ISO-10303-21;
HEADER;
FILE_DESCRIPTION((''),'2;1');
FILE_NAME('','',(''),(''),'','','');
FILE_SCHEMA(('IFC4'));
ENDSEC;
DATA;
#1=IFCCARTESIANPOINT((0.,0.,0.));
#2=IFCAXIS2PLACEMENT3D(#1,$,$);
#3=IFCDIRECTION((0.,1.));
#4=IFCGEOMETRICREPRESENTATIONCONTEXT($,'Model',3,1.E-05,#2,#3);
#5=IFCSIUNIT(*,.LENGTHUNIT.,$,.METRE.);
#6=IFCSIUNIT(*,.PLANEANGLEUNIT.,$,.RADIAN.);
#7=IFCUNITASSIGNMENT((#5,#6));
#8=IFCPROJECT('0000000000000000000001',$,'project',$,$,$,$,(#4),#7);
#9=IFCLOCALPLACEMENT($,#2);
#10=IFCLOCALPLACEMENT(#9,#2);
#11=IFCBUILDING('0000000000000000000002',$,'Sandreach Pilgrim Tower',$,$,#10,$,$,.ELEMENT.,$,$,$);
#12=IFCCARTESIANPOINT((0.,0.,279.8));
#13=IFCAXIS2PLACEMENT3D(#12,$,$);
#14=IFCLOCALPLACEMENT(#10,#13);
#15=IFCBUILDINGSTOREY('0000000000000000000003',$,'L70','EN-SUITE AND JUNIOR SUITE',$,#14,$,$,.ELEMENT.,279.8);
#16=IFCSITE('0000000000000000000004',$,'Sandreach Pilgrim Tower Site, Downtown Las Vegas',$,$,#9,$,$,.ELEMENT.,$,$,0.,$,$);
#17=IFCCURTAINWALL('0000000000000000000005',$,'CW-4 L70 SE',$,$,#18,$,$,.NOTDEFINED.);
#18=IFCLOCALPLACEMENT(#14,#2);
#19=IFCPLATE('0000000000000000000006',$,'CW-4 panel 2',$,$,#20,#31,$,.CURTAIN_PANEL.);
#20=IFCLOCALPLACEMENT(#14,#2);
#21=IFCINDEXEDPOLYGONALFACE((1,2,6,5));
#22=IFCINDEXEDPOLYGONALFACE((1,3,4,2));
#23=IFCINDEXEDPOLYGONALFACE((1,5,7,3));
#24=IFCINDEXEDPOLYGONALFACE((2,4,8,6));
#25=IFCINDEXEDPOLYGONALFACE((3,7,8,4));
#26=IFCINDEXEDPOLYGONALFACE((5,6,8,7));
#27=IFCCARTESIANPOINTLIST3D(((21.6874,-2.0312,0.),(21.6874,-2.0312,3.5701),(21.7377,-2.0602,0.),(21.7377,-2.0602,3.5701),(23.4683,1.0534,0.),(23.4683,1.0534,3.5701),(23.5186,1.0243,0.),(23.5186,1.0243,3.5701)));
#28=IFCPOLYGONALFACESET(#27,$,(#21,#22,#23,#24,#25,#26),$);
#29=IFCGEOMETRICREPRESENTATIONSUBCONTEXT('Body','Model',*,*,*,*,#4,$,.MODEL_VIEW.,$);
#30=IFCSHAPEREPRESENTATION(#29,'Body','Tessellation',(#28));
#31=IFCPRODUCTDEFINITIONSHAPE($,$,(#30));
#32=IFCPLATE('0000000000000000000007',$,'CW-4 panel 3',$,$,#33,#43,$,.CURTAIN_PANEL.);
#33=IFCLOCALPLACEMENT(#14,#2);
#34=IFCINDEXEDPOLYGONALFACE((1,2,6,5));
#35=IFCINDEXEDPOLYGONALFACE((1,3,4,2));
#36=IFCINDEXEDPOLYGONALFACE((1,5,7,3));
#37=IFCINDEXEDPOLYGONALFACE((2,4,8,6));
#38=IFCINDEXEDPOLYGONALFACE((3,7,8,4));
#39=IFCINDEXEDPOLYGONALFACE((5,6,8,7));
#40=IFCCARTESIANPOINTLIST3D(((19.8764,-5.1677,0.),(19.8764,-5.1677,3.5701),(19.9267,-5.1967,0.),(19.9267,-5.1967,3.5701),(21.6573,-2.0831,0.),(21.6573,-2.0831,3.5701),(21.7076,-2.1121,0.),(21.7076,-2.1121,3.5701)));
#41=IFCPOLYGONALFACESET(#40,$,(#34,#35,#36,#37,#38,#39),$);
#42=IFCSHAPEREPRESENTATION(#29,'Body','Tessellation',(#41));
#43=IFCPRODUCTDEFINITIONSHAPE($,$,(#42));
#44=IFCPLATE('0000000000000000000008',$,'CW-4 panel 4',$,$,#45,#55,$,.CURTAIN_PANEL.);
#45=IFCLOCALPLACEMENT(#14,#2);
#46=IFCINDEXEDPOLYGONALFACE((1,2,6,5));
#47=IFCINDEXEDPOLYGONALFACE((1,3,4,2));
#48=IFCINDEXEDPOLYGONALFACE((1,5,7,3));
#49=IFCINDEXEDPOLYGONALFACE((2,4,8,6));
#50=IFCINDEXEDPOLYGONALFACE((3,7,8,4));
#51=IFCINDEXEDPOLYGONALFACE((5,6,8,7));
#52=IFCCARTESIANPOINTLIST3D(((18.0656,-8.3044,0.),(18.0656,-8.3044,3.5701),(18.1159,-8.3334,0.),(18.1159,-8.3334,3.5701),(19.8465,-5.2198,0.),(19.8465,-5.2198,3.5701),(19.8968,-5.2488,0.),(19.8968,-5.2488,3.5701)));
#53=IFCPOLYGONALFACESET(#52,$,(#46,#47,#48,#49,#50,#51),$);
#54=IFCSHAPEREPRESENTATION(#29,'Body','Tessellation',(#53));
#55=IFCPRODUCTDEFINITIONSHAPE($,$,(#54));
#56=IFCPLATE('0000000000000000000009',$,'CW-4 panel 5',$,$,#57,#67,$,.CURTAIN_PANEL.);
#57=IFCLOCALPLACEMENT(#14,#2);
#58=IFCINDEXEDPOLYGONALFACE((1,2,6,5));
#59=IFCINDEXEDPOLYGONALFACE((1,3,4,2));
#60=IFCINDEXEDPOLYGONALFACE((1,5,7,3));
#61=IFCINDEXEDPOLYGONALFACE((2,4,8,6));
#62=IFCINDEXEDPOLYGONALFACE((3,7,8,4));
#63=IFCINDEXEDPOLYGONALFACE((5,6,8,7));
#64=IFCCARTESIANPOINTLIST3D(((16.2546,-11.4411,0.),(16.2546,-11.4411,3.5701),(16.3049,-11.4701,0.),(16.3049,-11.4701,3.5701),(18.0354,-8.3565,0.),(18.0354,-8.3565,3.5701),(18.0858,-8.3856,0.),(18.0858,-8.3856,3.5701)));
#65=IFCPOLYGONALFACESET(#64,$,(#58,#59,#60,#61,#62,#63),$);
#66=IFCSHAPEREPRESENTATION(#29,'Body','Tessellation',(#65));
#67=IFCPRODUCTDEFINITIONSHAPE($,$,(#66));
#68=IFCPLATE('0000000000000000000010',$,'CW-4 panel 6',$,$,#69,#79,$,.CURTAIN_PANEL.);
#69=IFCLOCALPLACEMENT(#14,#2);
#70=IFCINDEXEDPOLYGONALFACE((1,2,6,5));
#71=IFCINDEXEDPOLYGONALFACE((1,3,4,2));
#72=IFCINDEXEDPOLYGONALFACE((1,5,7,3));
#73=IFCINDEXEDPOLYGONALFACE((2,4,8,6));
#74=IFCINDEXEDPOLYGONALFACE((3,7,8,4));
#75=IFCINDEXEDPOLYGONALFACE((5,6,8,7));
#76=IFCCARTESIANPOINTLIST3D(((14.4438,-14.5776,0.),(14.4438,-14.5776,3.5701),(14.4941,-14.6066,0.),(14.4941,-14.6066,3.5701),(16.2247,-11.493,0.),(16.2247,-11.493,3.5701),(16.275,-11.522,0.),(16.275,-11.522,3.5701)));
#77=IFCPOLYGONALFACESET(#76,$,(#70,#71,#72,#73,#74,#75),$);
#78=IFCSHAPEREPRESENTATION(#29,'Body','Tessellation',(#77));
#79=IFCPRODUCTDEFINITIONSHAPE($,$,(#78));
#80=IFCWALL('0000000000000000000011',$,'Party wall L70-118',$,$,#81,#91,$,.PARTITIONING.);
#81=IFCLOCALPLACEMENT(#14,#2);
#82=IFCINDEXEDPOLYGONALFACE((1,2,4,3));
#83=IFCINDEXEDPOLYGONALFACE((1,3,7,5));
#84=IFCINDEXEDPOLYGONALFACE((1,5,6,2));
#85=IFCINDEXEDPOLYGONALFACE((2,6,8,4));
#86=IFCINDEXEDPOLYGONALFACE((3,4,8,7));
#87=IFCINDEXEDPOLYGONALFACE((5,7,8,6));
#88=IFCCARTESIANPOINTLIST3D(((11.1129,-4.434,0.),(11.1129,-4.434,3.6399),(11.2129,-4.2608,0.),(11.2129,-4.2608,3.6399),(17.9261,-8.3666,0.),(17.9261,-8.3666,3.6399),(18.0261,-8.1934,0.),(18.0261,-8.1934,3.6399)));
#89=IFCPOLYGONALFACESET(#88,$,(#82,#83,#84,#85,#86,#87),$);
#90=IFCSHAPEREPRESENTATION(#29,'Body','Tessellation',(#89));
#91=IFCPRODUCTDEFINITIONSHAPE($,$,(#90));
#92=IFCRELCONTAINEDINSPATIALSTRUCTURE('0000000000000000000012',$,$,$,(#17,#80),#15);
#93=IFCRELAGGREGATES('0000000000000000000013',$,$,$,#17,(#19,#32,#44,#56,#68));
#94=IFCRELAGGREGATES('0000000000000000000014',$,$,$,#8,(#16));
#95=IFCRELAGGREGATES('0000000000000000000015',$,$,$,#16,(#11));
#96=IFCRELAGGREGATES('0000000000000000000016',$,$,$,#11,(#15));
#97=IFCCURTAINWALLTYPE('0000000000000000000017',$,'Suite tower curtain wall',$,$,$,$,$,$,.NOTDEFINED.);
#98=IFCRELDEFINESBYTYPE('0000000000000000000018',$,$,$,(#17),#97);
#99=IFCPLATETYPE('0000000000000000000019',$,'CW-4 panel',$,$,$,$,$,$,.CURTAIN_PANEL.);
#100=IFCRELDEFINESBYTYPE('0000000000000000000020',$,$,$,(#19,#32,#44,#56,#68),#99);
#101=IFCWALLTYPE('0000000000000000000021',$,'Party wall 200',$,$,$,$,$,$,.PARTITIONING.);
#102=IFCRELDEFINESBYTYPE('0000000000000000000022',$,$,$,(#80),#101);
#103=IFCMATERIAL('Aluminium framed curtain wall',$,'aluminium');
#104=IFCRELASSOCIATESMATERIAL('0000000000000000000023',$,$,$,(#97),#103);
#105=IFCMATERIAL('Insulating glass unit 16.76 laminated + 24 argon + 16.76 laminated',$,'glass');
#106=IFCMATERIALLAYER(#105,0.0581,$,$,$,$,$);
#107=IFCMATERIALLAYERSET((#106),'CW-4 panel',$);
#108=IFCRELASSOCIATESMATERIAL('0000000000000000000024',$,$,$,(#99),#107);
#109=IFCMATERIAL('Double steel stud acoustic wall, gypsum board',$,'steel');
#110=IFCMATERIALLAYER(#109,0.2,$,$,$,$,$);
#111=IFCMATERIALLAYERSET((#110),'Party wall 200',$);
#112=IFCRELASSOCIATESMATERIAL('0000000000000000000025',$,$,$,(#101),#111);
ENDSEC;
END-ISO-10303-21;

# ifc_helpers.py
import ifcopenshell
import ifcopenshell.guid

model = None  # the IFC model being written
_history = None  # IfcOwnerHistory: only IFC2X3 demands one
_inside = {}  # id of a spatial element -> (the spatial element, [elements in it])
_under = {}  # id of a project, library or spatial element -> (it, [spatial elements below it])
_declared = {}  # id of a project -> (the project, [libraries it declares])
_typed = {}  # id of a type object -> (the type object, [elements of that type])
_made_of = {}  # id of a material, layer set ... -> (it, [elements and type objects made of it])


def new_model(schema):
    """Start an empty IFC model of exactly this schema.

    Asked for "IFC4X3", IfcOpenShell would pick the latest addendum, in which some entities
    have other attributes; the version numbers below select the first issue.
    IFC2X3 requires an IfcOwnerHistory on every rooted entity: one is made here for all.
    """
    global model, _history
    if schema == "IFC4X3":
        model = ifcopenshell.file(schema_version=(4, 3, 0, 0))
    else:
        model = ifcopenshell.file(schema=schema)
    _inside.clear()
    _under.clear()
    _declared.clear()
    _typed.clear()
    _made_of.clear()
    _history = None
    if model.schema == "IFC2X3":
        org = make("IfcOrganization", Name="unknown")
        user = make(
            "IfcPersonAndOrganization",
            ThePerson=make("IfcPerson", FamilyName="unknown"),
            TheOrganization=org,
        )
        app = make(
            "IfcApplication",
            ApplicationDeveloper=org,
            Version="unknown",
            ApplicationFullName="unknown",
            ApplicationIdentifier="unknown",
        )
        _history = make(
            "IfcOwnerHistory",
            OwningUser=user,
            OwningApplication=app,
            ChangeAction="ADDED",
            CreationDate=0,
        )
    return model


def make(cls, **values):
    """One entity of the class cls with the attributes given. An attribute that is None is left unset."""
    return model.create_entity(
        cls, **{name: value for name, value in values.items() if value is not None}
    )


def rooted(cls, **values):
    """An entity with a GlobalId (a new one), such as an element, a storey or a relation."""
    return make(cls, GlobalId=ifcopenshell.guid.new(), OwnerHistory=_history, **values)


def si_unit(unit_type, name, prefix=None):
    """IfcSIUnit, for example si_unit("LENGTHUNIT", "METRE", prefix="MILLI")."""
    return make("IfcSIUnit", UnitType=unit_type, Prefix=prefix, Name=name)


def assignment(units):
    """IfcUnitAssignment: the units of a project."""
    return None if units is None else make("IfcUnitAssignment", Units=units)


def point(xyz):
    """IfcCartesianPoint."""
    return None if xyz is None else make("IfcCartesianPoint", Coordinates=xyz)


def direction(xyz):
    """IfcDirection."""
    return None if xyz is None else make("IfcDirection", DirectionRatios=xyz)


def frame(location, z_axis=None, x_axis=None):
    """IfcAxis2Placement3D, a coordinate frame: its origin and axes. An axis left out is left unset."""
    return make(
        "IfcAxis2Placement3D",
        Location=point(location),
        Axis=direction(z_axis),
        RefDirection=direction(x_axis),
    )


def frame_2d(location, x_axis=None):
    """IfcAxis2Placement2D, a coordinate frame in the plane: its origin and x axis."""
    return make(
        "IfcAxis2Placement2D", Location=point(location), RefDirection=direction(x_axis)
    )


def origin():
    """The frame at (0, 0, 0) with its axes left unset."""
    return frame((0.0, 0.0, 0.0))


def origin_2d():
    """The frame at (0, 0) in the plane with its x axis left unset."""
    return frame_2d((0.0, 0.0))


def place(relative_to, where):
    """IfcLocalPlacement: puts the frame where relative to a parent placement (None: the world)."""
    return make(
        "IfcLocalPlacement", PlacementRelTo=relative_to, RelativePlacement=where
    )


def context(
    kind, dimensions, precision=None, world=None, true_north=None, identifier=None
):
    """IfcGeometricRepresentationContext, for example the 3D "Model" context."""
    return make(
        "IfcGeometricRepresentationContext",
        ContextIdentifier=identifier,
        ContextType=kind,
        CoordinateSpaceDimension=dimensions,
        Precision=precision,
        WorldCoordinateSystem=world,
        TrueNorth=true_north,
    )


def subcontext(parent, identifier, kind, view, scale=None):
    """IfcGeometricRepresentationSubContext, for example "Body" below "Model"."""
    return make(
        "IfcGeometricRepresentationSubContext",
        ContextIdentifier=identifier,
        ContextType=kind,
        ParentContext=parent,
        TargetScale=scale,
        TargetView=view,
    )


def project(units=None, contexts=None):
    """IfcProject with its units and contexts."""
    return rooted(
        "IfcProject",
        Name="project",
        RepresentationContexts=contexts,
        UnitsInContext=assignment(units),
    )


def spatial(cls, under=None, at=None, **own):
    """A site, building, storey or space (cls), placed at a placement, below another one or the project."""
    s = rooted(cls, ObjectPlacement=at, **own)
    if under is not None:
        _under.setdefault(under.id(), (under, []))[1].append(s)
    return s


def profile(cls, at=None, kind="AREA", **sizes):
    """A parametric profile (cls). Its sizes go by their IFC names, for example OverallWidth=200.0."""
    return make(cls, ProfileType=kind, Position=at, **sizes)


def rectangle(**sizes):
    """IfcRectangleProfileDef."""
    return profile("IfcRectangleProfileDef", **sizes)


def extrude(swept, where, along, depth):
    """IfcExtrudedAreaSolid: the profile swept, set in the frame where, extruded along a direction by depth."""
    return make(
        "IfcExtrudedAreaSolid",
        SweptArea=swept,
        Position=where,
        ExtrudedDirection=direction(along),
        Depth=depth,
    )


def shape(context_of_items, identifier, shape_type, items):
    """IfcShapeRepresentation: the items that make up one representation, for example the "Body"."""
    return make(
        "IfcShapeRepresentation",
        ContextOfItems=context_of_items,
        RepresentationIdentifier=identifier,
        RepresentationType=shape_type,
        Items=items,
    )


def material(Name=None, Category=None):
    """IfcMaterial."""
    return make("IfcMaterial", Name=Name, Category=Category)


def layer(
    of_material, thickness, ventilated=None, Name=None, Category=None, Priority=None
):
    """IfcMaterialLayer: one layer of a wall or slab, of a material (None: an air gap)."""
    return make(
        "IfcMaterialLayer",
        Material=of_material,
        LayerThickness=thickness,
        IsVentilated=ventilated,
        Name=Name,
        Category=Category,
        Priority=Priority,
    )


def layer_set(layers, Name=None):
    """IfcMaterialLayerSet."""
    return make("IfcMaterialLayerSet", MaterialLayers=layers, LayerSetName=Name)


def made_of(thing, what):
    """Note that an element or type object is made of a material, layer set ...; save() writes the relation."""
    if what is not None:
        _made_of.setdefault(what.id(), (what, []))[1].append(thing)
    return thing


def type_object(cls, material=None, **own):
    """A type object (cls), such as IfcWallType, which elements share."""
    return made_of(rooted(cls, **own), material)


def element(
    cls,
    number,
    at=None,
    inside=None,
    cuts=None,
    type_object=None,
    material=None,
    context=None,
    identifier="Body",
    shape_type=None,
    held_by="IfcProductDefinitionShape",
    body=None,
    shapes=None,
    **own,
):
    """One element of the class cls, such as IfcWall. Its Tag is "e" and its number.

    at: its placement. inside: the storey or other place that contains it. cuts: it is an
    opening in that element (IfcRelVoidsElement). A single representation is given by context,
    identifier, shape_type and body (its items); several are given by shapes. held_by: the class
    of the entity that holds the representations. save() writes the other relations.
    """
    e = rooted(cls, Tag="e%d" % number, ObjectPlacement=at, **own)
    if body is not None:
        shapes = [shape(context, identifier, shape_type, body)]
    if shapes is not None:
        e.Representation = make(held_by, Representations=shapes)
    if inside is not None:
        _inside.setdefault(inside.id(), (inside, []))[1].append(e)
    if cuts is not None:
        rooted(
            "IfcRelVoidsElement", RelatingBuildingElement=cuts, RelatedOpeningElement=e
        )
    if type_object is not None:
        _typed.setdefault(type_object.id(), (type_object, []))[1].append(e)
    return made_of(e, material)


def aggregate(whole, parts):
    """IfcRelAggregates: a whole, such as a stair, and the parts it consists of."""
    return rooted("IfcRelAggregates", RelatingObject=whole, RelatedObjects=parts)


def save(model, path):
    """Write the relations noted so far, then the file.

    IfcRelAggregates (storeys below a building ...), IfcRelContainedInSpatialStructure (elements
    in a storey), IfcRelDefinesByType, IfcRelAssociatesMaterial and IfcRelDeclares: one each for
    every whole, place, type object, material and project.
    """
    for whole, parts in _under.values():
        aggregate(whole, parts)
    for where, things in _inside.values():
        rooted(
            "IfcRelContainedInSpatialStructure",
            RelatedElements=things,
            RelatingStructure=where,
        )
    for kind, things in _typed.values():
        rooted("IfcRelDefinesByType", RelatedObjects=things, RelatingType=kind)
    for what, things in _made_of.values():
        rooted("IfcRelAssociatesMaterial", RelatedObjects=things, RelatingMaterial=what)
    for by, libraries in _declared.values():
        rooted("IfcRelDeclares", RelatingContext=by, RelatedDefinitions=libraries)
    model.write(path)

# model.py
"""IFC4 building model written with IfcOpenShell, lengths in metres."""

from ifc_helpers import new_model, si_unit, direction, frame, frame_2d, origin, origin_2d, place, context, subcontext, project, spatial, rectangle, extrude, material, layer, layer_set, type_object, element, aggregate, save


model = new_model("IFC4")

# Units and contexts
model_context = context("Model", 3, precision=1e-05, world=origin(), true_north=direction((0.0, 1.0)))
body_context = subcontext(model_context, "Body", "Model", "MODEL_VIEW")
ifc_project = project(units=[si_unit("LENGTHUNIT", "METRE"), si_unit("PLANEANGLEUNIT", "RADIAN")], contexts=[model_context])

# Site, building, storey
site_placement = place(None, origin())
site = spatial("IfcSite", under=ifc_project, at=site_placement, Name="Sandreach Pilgrim Tower Site, Downtown Las Vegas", CompositionType="ELEMENT", RefElevation=0.0)
building_placement = place(site_placement, origin())
building = spatial("IfcBuilding", under=site, at=building_placement, Name="Sandreach Pilgrim Tower", CompositionType="ELEMENT")
storey_placement = place(building_placement, frame((0.0, 0.0, 279.8)))
storey = spatial("IfcBuildingStorey", under=building, at=storey_placement, Name="L70", Description="EN-SUITE AND JUNIOR SUITE", CompositionType="ELEMENT", Elevation=279.8)

# Curtain wall
ifc_material_1 = material(Name="Aluminium framed curtain wall", Category="aluminium")
curtain_wall_type = type_object("IfcCurtainWallType", Name="Suite tower curtain wall", PredefinedType="NOTDEFINED", material=ifc_material_1)
curtain_wall_placement = place(storey_placement, origin())
curtain_wall = element("IfcCurtainWall", 1, at=curtain_wall_placement, inside=storey, type_object=curtain_wall_type, Name="CW-4 L70 SE", PredefinedType="NOTDEFINED")

# Plates
ifc_material_2 = material(Name="Insulating glass unit 16.76 laminated + 24 argon + 16.76 laminated", Category="glass")
ifc_layer_1 = layer(ifc_material_2, 0.0581)
ifc_layer_set_1 = layer_set([ifc_layer_1], Name="CW-4 panel")
plate_type = type_object("IfcPlateType", Name="CW-4 panel", PredefinedType="CURTAIN_PANEL", material=ifc_layer_set_1)
plate_1_placement = place(storey_placement, frame((22.603, -0.5034, 0.0), z_axis=(0.0, 0.0, 1.0), x_axis=(-0.5, -0.866025, 0.0)))
plate_1 = element("IfcPlate", 2, at=plate_1_placement, type_object=plate_type, Name="CW-4 panel 2", PredefinedType="CURTAIN_PANEL", context=body_context, shape_type="SweptSolid", body=[
    extrude(rectangle(XDim=3.5618, YDim=0.0581, at=origin_2d()), origin(), (0.0, 0.0, 1.0), 3.5701),
])
plate_2_placement = place(storey_placement, frame((20.792, -3.6399, 0.0), z_axis=(0.0, 0.0, 1.0), x_axis=(-0.5, -0.866025, 0.0)))
plate_2 = element("IfcPlate", 3, at=plate_2_placement, type_object=plate_type, Name="CW-4 panel 3", PredefinedType="CURTAIN_PANEL", context=body_context, shape_type="SweptSolid", body=[
    extrude(rectangle(XDim=3.5618, YDim=0.0581, at=origin_2d()), origin(), (0.0, 0.0, 1.0), 3.5701),
])
plate_3_placement = place(storey_placement, frame((18.9812, -6.7766, 0.0), z_axis=(0.0, 0.0, 1.0), x_axis=(-0.5, -0.866025, 0.0)))
plate_3 = element("IfcPlate", 4, at=plate_3_placement, type_object=plate_type, Name="CW-4 panel 4", PredefinedType="CURTAIN_PANEL", context=body_context, shape_type="SweptSolid", body=[
    extrude(rectangle(XDim=3.5618, YDim=0.0581, at=origin_2d()), origin(), (0.0, 0.0, 1.0), 3.5701),
])
plate_4_placement = place(storey_placement, frame((17.1702, -9.9133, 0.0), z_axis=(0.0, 0.0, 1.0), x_axis=(-0.5, -0.866025, 0.0)))
plate_4 = element("IfcPlate", 5, at=plate_4_placement, type_object=plate_type, Name="CW-4 panel 5", PredefinedType="CURTAIN_PANEL", context=body_context, shape_type="SweptSolid", body=[
    extrude(rectangle(XDim=3.5618, YDim=0.0581, at=origin_2d()), origin(), (0.0, 0.0, 1.0), 3.5701),
])
plate_5_placement = place(storey_placement, frame((15.3594, -13.0498, 0.0), z_axis=(0.0, 0.0, 1.0), x_axis=(-0.5, -0.866025, 0.0)))
plate_5 = element("IfcPlate", 6, at=plate_5_placement, type_object=plate_type, Name="CW-4 panel 6", PredefinedType="CURTAIN_PANEL", context=body_context, shape_type="SweptSolid", body=[
    extrude(rectangle(XDim=3.5618, YDim=0.0581, at=origin_2d()), origin(), (0.0, 0.0, 1.0), 3.5701),
])
aggregate(curtain_wall, [plate_1, plate_2, plate_3, plate_4, plate_5])

# Wall
ifc_material_3 = material(Name="Double steel stud acoustic wall, gypsum board", Category="steel")
ifc_layer_2 = layer(ifc_material_3, 0.2)
ifc_layer_set_2 = layer_set([ifc_layer_2], Name="Party wall 200")
wall_type = type_object("IfcWallType", Name="Party wall 200", PredefinedType="PARTITIONING", material=ifc_layer_set_2)
wall_placement = place(storey_placement, frame((17.9761, -8.28, 0.0), z_axis=(0.0, 0.0, 1.0), x_axis=(-0.866081, 0.499904, 0.0)))
element("IfcWall", 7, at=wall_placement, inside=storey, type_object=wall_type, Name="Party wall L70-118", PredefinedType="PARTITIONING", context=body_context, shape_type="SweptSolid", body=[
    extrude(rectangle(XDim=7.8667, YDim=0.2, at=frame_2d((3.9333, 0.0))), origin(), (0.0, 0.0, 1.0), 3.6399),
])

save(model, "model.ifc")
